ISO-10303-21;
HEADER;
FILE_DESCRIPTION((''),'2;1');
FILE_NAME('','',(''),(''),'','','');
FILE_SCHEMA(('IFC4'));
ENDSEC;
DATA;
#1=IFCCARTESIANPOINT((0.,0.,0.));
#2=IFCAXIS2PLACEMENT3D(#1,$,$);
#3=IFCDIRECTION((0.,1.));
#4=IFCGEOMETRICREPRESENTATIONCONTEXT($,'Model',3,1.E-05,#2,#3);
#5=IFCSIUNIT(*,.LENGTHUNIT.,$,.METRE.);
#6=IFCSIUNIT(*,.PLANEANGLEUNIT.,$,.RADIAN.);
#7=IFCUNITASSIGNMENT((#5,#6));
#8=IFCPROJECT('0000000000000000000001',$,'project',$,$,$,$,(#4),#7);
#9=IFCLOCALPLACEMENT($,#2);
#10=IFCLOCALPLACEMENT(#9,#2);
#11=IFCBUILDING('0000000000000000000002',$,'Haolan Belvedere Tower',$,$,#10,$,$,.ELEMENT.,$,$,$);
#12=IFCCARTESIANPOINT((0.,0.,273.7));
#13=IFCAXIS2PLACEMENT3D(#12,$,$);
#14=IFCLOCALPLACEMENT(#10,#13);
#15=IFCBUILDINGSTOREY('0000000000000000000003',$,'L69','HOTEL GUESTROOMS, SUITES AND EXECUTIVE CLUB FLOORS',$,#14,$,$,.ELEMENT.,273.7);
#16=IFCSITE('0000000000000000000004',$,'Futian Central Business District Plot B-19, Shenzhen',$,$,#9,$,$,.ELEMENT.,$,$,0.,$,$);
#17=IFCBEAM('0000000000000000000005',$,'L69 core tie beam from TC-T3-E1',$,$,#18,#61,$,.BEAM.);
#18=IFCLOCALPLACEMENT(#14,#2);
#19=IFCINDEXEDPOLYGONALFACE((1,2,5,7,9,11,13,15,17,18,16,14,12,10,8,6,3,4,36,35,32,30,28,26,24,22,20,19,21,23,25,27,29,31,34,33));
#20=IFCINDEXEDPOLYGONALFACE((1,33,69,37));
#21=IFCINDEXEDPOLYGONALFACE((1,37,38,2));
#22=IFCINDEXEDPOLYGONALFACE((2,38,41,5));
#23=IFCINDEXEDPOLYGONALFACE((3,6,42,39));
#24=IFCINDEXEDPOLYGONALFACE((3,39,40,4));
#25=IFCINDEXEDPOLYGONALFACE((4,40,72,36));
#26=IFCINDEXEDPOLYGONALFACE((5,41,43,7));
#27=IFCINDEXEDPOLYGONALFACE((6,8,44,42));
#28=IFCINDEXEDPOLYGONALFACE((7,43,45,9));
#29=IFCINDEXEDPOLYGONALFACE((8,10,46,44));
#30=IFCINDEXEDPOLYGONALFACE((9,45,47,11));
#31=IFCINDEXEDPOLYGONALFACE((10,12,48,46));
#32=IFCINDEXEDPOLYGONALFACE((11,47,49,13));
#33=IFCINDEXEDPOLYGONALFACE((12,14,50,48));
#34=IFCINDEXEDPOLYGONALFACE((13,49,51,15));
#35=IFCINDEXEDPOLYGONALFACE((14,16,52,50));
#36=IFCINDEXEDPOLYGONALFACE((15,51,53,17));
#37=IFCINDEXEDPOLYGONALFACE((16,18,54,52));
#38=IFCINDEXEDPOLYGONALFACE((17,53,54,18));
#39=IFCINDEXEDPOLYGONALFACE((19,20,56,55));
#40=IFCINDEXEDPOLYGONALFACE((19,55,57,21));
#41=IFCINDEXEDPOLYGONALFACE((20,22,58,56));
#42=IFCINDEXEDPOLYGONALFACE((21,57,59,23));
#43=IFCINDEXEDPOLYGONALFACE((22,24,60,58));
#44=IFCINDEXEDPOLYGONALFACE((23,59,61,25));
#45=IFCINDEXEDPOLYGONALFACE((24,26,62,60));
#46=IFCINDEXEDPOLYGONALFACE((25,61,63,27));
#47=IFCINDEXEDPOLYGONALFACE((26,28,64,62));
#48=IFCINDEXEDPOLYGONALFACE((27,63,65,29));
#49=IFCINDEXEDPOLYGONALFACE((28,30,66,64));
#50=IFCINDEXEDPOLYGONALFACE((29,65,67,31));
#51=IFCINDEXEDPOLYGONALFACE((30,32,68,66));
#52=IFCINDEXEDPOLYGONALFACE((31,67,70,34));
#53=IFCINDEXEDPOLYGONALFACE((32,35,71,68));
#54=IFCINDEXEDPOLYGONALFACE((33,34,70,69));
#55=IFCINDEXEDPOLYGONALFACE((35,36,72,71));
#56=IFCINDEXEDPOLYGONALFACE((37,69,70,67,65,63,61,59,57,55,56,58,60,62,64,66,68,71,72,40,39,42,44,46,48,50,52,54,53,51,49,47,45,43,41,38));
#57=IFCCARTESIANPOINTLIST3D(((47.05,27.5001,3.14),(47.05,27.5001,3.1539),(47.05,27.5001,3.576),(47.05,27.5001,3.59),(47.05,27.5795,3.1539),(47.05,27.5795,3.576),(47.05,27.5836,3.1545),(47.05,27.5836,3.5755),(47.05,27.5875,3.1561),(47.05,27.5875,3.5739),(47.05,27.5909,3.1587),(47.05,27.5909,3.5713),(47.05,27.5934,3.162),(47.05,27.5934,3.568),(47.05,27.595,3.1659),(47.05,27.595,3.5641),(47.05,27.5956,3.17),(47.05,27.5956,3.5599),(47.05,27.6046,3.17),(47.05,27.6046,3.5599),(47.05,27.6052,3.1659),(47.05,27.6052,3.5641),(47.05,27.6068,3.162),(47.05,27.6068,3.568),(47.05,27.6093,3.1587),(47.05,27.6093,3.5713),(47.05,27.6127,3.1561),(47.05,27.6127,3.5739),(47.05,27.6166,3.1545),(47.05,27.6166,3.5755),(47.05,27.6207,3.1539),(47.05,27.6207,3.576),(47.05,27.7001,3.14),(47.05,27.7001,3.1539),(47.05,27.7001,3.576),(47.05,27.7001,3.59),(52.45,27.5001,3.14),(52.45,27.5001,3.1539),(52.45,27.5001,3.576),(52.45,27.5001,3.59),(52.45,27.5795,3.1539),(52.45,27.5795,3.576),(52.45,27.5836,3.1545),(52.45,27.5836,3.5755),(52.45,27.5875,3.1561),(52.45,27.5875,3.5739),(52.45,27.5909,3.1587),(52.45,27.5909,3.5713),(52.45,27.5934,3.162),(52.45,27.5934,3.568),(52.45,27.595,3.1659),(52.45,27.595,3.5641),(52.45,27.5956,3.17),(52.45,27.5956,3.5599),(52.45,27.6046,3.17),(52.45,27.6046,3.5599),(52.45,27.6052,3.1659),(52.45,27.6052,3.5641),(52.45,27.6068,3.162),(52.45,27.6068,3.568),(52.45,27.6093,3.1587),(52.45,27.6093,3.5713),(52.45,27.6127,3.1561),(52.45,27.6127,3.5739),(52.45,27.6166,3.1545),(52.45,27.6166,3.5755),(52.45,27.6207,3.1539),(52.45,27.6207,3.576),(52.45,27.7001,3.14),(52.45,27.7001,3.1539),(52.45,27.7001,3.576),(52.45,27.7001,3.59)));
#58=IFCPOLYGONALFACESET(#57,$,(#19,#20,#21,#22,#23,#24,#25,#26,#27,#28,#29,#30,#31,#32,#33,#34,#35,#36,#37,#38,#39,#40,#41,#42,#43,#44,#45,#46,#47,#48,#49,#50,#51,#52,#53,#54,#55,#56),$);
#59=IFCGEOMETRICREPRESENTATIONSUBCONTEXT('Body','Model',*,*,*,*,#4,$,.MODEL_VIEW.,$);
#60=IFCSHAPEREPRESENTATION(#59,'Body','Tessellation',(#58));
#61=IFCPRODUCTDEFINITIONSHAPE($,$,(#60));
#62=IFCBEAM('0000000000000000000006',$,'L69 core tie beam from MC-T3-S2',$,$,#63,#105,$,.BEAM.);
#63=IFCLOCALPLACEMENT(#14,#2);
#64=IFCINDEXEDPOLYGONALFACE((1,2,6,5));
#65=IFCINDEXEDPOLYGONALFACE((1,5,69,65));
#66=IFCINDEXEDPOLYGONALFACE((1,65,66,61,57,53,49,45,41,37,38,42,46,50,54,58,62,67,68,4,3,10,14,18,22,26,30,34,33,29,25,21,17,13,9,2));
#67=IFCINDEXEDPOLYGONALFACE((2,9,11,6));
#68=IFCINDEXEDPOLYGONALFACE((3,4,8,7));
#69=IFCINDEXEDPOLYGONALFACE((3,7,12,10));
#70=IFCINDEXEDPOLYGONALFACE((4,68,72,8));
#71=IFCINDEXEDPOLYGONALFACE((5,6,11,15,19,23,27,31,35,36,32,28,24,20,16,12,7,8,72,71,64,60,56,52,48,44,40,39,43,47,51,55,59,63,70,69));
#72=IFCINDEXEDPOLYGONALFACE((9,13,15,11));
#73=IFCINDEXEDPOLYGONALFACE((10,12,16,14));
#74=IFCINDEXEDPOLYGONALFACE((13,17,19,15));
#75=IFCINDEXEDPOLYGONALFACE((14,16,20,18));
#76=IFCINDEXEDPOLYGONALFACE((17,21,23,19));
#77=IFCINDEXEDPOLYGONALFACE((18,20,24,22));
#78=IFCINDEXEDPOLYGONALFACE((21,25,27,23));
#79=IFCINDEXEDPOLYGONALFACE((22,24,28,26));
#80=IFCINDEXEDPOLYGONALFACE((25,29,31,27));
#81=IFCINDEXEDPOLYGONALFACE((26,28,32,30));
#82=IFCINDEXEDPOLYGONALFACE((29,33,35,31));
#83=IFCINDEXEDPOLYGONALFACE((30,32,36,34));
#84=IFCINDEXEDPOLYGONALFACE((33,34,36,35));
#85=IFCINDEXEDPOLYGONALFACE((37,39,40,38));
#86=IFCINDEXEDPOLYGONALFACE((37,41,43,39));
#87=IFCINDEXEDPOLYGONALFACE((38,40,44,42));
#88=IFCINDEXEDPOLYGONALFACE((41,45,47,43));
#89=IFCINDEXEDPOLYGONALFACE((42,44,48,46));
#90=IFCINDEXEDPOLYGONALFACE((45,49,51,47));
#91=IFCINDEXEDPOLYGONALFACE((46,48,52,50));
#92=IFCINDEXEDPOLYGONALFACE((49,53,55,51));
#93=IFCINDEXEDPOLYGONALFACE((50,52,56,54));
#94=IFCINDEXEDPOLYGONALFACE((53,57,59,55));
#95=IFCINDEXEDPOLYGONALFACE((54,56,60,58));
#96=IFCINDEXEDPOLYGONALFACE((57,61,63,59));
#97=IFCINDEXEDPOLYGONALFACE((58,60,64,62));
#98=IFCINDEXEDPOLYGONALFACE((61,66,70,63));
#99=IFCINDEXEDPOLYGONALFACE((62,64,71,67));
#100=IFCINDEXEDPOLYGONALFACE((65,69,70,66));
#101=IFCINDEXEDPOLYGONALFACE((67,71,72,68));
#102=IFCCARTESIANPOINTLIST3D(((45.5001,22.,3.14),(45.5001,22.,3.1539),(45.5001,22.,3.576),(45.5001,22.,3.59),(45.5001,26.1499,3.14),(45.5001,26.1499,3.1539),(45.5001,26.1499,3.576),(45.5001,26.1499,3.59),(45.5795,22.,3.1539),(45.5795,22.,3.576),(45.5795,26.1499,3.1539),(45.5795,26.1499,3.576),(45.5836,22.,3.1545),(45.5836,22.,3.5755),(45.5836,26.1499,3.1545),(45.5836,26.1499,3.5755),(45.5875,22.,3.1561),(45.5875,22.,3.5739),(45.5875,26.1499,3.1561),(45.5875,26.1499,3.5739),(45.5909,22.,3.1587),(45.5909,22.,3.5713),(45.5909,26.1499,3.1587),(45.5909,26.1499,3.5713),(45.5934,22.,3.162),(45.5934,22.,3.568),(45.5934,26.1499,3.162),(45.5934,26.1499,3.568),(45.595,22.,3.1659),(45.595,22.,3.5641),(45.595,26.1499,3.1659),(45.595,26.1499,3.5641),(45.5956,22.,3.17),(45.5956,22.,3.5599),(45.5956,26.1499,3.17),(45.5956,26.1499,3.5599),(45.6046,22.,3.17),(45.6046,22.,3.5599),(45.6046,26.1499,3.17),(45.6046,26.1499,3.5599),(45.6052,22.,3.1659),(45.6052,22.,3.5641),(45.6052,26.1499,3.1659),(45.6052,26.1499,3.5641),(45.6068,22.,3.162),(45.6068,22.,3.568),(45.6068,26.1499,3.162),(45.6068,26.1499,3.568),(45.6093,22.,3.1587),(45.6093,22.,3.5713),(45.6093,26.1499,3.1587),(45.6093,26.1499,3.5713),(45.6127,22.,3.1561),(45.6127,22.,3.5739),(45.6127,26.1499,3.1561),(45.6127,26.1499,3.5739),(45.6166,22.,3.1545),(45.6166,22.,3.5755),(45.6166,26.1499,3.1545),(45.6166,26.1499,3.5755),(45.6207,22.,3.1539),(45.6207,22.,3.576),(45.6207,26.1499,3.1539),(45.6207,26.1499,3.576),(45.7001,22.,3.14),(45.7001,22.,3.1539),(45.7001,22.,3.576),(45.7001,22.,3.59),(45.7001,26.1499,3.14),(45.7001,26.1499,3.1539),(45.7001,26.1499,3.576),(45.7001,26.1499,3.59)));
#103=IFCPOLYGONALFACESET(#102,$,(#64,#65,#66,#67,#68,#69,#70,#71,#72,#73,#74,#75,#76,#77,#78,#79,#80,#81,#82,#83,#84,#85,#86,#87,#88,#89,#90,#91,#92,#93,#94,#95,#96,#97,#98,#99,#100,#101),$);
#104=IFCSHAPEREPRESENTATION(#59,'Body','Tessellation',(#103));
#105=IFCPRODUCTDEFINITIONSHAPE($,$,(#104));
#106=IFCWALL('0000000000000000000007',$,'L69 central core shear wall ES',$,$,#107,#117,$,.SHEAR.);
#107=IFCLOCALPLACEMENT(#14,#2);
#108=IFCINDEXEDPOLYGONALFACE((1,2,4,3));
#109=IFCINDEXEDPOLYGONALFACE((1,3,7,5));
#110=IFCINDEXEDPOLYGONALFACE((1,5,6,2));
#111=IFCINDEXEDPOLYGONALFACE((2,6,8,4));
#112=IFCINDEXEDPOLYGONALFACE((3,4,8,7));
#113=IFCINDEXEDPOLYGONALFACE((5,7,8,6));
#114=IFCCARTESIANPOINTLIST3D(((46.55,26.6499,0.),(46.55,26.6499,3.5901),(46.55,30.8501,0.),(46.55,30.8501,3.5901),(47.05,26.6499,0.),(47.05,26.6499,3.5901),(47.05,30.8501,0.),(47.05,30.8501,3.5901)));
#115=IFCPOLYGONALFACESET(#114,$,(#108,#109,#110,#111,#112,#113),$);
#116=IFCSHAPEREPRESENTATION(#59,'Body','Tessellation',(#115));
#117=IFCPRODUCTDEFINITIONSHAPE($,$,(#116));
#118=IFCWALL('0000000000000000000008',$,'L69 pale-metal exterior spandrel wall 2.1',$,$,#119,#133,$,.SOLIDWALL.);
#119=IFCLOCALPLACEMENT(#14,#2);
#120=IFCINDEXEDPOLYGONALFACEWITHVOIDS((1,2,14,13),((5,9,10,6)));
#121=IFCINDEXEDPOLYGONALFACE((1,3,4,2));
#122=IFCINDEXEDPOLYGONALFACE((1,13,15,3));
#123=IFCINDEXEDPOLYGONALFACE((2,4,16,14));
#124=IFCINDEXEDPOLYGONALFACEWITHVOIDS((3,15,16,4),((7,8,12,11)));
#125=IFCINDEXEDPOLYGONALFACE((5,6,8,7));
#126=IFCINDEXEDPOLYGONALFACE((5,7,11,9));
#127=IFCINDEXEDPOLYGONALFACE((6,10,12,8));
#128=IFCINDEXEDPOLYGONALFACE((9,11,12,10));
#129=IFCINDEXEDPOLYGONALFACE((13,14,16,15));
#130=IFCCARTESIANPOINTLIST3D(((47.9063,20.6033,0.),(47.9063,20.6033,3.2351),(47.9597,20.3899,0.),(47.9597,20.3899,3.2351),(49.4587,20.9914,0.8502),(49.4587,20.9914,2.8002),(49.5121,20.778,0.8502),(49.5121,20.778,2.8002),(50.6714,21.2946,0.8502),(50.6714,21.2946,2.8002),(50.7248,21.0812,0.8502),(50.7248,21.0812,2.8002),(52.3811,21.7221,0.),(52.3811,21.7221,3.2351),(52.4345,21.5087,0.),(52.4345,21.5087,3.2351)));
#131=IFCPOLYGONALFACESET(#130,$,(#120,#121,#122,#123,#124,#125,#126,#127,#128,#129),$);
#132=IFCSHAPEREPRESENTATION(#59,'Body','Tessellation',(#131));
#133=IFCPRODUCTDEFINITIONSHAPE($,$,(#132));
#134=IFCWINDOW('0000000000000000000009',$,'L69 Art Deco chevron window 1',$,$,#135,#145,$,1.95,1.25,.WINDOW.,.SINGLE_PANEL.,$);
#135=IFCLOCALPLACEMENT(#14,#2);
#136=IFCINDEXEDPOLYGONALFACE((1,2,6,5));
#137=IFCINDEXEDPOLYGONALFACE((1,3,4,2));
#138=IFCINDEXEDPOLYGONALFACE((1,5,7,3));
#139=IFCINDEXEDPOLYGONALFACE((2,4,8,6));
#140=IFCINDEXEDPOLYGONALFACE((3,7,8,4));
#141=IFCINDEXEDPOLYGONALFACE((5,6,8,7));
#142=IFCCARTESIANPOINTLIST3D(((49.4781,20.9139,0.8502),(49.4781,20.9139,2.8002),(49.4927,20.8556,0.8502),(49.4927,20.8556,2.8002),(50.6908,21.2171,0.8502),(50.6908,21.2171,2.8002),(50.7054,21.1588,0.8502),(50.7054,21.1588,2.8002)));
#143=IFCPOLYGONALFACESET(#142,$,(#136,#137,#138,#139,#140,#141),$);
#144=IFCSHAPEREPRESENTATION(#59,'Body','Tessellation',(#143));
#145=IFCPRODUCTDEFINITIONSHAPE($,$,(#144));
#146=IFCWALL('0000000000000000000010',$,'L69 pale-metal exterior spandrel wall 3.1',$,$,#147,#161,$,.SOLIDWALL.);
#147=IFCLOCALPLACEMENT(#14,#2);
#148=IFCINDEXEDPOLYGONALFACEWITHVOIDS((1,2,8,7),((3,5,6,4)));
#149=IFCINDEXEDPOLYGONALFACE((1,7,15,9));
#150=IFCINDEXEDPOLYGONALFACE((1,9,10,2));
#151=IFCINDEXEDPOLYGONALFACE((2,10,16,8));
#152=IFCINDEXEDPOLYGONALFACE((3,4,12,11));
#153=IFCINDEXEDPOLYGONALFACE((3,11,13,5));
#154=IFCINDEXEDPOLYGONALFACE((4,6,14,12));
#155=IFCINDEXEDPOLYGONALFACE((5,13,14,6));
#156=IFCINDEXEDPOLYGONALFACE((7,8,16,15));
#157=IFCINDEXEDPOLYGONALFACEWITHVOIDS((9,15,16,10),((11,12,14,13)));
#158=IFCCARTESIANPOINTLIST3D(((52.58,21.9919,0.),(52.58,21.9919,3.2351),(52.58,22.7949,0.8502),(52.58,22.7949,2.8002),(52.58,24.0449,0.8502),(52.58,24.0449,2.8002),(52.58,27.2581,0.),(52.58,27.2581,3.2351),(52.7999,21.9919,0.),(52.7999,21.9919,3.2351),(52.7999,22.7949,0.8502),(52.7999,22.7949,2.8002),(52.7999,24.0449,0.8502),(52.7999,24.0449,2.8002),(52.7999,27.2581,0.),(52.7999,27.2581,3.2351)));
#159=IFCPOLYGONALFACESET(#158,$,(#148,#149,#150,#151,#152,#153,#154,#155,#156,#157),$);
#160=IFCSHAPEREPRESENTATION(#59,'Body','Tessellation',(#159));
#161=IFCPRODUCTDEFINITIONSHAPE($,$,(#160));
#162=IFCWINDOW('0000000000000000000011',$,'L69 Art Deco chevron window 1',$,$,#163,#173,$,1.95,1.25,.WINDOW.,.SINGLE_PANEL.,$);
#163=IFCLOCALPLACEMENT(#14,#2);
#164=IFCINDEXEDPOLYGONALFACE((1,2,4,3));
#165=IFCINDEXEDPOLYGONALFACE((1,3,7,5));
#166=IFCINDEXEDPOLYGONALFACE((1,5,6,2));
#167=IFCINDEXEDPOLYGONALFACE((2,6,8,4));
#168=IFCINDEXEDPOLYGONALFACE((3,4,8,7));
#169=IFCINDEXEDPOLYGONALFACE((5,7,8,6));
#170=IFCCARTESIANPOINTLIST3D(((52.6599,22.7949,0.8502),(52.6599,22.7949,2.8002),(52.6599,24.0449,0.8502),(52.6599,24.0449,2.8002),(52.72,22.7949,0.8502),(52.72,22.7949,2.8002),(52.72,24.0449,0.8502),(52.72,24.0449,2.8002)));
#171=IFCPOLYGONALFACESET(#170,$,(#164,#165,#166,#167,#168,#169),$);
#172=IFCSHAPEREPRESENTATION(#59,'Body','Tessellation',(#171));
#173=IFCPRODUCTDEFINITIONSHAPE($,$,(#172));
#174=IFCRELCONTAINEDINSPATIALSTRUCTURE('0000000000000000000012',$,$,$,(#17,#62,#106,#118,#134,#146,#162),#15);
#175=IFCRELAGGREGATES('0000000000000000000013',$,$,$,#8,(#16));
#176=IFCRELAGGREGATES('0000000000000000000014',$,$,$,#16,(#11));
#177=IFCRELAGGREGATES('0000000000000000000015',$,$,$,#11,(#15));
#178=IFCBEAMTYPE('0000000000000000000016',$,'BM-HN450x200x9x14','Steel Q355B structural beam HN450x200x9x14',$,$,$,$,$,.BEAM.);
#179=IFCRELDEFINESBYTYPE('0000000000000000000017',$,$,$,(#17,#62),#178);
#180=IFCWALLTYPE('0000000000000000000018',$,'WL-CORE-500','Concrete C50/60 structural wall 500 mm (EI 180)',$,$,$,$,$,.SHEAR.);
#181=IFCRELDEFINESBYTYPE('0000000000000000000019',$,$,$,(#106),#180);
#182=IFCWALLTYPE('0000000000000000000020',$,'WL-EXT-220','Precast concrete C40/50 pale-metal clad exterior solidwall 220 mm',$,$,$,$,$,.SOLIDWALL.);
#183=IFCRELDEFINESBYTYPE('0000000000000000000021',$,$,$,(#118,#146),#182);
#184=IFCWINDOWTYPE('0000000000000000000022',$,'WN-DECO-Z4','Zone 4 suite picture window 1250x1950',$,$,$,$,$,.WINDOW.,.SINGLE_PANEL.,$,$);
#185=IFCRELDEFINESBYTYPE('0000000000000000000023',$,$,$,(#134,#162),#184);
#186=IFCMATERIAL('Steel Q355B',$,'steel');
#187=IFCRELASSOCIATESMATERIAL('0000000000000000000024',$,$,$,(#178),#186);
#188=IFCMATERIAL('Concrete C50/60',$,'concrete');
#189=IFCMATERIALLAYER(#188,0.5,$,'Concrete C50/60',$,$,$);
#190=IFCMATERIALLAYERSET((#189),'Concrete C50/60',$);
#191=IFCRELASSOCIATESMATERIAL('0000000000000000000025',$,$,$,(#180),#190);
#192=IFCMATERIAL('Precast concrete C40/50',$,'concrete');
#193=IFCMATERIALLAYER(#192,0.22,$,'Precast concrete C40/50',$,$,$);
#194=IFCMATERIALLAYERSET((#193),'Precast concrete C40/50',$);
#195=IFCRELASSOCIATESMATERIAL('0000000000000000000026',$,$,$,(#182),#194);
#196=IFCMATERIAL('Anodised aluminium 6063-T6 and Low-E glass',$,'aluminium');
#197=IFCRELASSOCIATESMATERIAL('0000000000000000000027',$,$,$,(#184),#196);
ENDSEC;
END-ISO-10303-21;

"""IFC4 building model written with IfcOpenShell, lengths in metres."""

from ifc_helpers import new_model, si_unit, direction, frame, frame_2d, origin, origin_2d, place, context, subcontext, project, spatial, rectangle, i_section, extrude, material, layer, layer_set, material_profile, profile_set, type_object, element, fill, save


model = new_model("IFC4")

# Units and contexts
model_context = context("Model", 3, precision=1e-05, world=origin(), true_north=direction((0.0, 1.0)))
body_context = subcontext(model_context, "Body", "Model", "MODEL_VIEW")
ifc_project = project(units=[si_unit("LENGTHUNIT", "METRE"), si_unit("PLANEANGLEUNIT", "RADIAN")], contexts=[model_context])

# Site, building, storey
site_placement = place(None, origin())
site = spatial("IfcSite", under=ifc_project, at=site_placement, Name="Futian Central Business District Plot B-19, Shenzhen", CompositionType="ELEMENT", RefElevation=0.0)
building_placement = place(site_placement, origin())
building = spatial("IfcBuilding", under=site, at=building_placement, Name="Haolan Belvedere Tower", CompositionType="ELEMENT")
storey_placement = place(building_placement, frame((0.0, 0.0, 273.7)))
storey = spatial("IfcBuildingStorey", under=building, at=storey_placement, Name="L69", Description="HOTEL GUESTROOMS, SUITES AND EXECUTIVE CLUB FLOORS", CompositionType="ELEMENT", Elevation=273.7)

# Beams
ifc_material_1 = material(Name="Steel Q355B", Category="steel")
ifc_material_profile_1 = material_profile(ifc_material_1, i_section(OverallWidth=0.2, OverallDepth=0.45, WebThickness=0.009, FlangeThickness=0.0139, FilletRadius=0.0161, at=origin_2d()), Name="Steel Q355B")
ifc_profile_set_1 = profile_set([ifc_material_profile_1], Name="Steel Q355B")
beam_type_1 = type_object("IfcBeamType", Name="BM-HN450x200x9x14", Description="Steel Q355B structural beam HN450x200x9x14", PredefinedType="BEAM", material=ifc_profile_set_1)
beam_1_placement = place(storey_placement, frame((52.45, 27.6001, 3.365), z_axis=(-1.0, 0.0, 0.0), x_axis=(0.0, -1.0, 0.0)))
element("IfcBeam", 1, at=beam_1_placement, inside=storey, type_object=beam_type_1, Name="L69 core tie beam from TC-T3-E1", PredefinedType="BEAM", context=body_context, shape_type="SweptSolid", body=[
    extrude(i_section(OverallWidth=0.2, OverallDepth=0.45, WebThickness=0.009, FlangeThickness=0.0139, FilletRadius=0.0161, at=origin_2d()), origin(), (0.0, 0.0, 1.0), 5.3999),
])
beam_2_placement = place(storey_placement, frame((45.6001, 22.0, 3.365), z_axis=(0.0, 1.0, 0.0), x_axis=(-1.0, 0.0, 0.0)))
element("IfcBeam", 2, at=beam_2_placement, inside=storey, type_object=beam_type_1, Name="L69 core tie beam from MC-T3-S2", PredefinedType="BEAM", context=body_context, shape_type="SweptSolid", body=[
    extrude(i_section(OverallWidth=0.2, OverallDepth=0.45, WebThickness=0.009, FlangeThickness=0.0139, FilletRadius=0.0161, at=origin_2d()), origin(), (0.0, 0.0, 1.0), 4.1499),
])

# Wall
ifc_material_2 = material(Name="Concrete C50/60", Category="concrete")
ifc_layer_1 = layer(ifc_material_2, 0.5, Name="Concrete C50/60")
ifc_layer_set_1 = layer_set([ifc_layer_1], Name="Concrete C50/60")
wall_type_1 = type_object("IfcWallType", Name="WL-CORE-500", Description="Concrete C50/60 structural wall 500 mm (EI 180)", PredefinedType="SHEAR", material=ifc_layer_set_1)
wall_1_placement = place(storey_placement, frame((46.8, 26.6499, 0.0), z_axis=(0.0, 0.0, 1.0), x_axis=(0.0, 1.0, 0.0)))
element("IfcWall", 3, at=wall_1_placement, inside=storey, type_object=wall_type_1, Name="L69 central core shear wall ES", PredefinedType="SHEAR", context=body_context, shape_type="SweptSolid", body=[
    extrude(rectangle(XDim=4.2002, YDim=0.5, at=frame_2d((2.1001, 0.0))), origin(), (0.0, 0.0, 1.0), 3.5901),
])

# Walls, openings, windows
ifc_material_3 = material(Name="Precast concrete C40/50", Category="concrete")
ifc_layer_2 = layer(ifc_material_3, 0.22, Name="Precast concrete C40/50")
ifc_layer_set_2 = layer_set([ifc_layer_2], Name="Precast concrete C40/50")
wall_type_2 = type_object("IfcWallType", Name="WL-EXT-220", Description="Precast concrete C40/50 pale-metal clad exterior solidwall 220 mm", PredefinedType="SOLIDWALL", material=ifc_layer_set_2)
wall_2_placement = place(storey_placement, frame((47.9331, 20.4966, 0.0), z_axis=(0.0, 0.0, 1.0), x_axis=(0.970133, 0.242573, 0.0)))
wall_2 = element("IfcWall", 4, at=wall_2_placement, inside=storey, type_object=wall_type_2, Name="L69 pale-metal exterior spandrel wall 2.1", PredefinedType="SOLIDWALL", context=body_context, shape_type="SweptSolid", body=[
    extrude(rectangle(XDim=4.6125, YDim=0.22, at=frame_2d((2.3062, 0.0))), origin(), (0.0, 0.0, 1.0), 3.2351),
])
opening_1_placement = place(wall_2_placement, frame((1.6001, 0.0, 0.8501)))
opening_1 = element("IfcOpeningElement", 5, at=opening_1_placement, cuts=wall_2, PredefinedType="OPENING", context=body_context, shape_type="SweptSolid", body=[
    extrude(rectangle(XDim=1.25, YDim=1.95, at=frame_2d((0.625, 0.9751))), frame((0.0, 0.1199, 0.0), z_axis=(0.0, -1.0, 0.0), x_axis=(1.0, 0.0, 0.0)), (0.0, 0.0, 1.0), 0.24),
])
ifc_material_4 = material(Name="Anodised aluminium 6063-T6 and Low-E glass", Category="aluminium")
window_type = type_object("IfcWindowType", Name="WN-DECO-Z4", Description="Zone 4 suite picture window 1250x1950", PartitioningType="SINGLE_PANEL", PredefinedType="WINDOW", material=ifc_material_4)
window_1_placement = place(opening_1_placement, origin())
window_1 = element("IfcWindow", 6, at=window_1_placement, inside=storey, type_object=window_type, Name="L69 Art Deco chevron window 1", OverallHeight=1.95, OverallWidth=1.25, PartitioningType="SINGLE_PANEL", PredefinedType="WINDOW", context=body_context, shape_type="SweptSolid", body=[
    extrude(rectangle(XDim=1.25, YDim=1.95, at=frame_2d((0.625, 0.9751))), frame((0.0, 0.03, 0.0), z_axis=(0.0, -1.0, 0.0), x_axis=(1.0, 0.0, 0.0)), (0.0, 0.0, 1.0), 0.0601),
])
fill(opening_1, window_1)
wall_3_placement = place(storey_placement, frame((52.6899, 21.9919, 0.0), z_axis=(0.0, 0.0, 1.0), x_axis=(0.0, 1.0, 0.0)))
wall_3 = element("IfcWall", 7, at=wall_3_placement, inside=storey, type_object=wall_type_2, Name="L69 pale-metal exterior spandrel wall 3.1", PredefinedType="SOLIDWALL", context=body_context, shape_type="SweptSolid", body=[
    extrude(rectangle(XDim=5.2661, YDim=0.22, at=frame_2d((2.6331, 0.0))), origin(), (0.0, 0.0, 1.0), 3.2351),
])
opening_2_placement = place(wall_3_placement, frame((0.803, 0.0, 0.8501)))
opening_2 = element("IfcOpeningElement", 8, at=opening_2_placement, cuts=wall_3, PredefinedType="OPENING", context=body_context, shape_type="SweptSolid", body=[
    extrude(rectangle(XDim=1.25, YDim=1.95, at=frame_2d((0.625, 0.9751))), frame((0.0, 0.1199, 0.0), z_axis=(0.0, -1.0, 0.0), x_axis=(1.0, 0.0, 0.0)), (0.0, 0.0, 1.0), 0.24),
])
window_2_placement = place(opening_2_placement, origin())
window_2 = element("IfcWindow", 9, at=window_2_placement, inside=storey, type_object=window_type, Name="L69 Art Deco chevron window 1", OverallHeight=1.95, OverallWidth=1.25, PartitioningType="SINGLE_PANEL", PredefinedType="WINDOW", context=body_context, shape_type="SweptSolid", body=[
    extrude(rectangle(XDim=1.25, YDim=1.95, at=frame_2d((0.625, 0.9751))), frame((0.0, 0.03, 0.0), z_axis=(0.0, -1.0, 0.0), x_axis=(1.0, 0.0, 0.0)), (0.0, 0.0, 1.0), 0.0601),
])
fill(opening_2, window_2)

save(model, "model.ifc")
